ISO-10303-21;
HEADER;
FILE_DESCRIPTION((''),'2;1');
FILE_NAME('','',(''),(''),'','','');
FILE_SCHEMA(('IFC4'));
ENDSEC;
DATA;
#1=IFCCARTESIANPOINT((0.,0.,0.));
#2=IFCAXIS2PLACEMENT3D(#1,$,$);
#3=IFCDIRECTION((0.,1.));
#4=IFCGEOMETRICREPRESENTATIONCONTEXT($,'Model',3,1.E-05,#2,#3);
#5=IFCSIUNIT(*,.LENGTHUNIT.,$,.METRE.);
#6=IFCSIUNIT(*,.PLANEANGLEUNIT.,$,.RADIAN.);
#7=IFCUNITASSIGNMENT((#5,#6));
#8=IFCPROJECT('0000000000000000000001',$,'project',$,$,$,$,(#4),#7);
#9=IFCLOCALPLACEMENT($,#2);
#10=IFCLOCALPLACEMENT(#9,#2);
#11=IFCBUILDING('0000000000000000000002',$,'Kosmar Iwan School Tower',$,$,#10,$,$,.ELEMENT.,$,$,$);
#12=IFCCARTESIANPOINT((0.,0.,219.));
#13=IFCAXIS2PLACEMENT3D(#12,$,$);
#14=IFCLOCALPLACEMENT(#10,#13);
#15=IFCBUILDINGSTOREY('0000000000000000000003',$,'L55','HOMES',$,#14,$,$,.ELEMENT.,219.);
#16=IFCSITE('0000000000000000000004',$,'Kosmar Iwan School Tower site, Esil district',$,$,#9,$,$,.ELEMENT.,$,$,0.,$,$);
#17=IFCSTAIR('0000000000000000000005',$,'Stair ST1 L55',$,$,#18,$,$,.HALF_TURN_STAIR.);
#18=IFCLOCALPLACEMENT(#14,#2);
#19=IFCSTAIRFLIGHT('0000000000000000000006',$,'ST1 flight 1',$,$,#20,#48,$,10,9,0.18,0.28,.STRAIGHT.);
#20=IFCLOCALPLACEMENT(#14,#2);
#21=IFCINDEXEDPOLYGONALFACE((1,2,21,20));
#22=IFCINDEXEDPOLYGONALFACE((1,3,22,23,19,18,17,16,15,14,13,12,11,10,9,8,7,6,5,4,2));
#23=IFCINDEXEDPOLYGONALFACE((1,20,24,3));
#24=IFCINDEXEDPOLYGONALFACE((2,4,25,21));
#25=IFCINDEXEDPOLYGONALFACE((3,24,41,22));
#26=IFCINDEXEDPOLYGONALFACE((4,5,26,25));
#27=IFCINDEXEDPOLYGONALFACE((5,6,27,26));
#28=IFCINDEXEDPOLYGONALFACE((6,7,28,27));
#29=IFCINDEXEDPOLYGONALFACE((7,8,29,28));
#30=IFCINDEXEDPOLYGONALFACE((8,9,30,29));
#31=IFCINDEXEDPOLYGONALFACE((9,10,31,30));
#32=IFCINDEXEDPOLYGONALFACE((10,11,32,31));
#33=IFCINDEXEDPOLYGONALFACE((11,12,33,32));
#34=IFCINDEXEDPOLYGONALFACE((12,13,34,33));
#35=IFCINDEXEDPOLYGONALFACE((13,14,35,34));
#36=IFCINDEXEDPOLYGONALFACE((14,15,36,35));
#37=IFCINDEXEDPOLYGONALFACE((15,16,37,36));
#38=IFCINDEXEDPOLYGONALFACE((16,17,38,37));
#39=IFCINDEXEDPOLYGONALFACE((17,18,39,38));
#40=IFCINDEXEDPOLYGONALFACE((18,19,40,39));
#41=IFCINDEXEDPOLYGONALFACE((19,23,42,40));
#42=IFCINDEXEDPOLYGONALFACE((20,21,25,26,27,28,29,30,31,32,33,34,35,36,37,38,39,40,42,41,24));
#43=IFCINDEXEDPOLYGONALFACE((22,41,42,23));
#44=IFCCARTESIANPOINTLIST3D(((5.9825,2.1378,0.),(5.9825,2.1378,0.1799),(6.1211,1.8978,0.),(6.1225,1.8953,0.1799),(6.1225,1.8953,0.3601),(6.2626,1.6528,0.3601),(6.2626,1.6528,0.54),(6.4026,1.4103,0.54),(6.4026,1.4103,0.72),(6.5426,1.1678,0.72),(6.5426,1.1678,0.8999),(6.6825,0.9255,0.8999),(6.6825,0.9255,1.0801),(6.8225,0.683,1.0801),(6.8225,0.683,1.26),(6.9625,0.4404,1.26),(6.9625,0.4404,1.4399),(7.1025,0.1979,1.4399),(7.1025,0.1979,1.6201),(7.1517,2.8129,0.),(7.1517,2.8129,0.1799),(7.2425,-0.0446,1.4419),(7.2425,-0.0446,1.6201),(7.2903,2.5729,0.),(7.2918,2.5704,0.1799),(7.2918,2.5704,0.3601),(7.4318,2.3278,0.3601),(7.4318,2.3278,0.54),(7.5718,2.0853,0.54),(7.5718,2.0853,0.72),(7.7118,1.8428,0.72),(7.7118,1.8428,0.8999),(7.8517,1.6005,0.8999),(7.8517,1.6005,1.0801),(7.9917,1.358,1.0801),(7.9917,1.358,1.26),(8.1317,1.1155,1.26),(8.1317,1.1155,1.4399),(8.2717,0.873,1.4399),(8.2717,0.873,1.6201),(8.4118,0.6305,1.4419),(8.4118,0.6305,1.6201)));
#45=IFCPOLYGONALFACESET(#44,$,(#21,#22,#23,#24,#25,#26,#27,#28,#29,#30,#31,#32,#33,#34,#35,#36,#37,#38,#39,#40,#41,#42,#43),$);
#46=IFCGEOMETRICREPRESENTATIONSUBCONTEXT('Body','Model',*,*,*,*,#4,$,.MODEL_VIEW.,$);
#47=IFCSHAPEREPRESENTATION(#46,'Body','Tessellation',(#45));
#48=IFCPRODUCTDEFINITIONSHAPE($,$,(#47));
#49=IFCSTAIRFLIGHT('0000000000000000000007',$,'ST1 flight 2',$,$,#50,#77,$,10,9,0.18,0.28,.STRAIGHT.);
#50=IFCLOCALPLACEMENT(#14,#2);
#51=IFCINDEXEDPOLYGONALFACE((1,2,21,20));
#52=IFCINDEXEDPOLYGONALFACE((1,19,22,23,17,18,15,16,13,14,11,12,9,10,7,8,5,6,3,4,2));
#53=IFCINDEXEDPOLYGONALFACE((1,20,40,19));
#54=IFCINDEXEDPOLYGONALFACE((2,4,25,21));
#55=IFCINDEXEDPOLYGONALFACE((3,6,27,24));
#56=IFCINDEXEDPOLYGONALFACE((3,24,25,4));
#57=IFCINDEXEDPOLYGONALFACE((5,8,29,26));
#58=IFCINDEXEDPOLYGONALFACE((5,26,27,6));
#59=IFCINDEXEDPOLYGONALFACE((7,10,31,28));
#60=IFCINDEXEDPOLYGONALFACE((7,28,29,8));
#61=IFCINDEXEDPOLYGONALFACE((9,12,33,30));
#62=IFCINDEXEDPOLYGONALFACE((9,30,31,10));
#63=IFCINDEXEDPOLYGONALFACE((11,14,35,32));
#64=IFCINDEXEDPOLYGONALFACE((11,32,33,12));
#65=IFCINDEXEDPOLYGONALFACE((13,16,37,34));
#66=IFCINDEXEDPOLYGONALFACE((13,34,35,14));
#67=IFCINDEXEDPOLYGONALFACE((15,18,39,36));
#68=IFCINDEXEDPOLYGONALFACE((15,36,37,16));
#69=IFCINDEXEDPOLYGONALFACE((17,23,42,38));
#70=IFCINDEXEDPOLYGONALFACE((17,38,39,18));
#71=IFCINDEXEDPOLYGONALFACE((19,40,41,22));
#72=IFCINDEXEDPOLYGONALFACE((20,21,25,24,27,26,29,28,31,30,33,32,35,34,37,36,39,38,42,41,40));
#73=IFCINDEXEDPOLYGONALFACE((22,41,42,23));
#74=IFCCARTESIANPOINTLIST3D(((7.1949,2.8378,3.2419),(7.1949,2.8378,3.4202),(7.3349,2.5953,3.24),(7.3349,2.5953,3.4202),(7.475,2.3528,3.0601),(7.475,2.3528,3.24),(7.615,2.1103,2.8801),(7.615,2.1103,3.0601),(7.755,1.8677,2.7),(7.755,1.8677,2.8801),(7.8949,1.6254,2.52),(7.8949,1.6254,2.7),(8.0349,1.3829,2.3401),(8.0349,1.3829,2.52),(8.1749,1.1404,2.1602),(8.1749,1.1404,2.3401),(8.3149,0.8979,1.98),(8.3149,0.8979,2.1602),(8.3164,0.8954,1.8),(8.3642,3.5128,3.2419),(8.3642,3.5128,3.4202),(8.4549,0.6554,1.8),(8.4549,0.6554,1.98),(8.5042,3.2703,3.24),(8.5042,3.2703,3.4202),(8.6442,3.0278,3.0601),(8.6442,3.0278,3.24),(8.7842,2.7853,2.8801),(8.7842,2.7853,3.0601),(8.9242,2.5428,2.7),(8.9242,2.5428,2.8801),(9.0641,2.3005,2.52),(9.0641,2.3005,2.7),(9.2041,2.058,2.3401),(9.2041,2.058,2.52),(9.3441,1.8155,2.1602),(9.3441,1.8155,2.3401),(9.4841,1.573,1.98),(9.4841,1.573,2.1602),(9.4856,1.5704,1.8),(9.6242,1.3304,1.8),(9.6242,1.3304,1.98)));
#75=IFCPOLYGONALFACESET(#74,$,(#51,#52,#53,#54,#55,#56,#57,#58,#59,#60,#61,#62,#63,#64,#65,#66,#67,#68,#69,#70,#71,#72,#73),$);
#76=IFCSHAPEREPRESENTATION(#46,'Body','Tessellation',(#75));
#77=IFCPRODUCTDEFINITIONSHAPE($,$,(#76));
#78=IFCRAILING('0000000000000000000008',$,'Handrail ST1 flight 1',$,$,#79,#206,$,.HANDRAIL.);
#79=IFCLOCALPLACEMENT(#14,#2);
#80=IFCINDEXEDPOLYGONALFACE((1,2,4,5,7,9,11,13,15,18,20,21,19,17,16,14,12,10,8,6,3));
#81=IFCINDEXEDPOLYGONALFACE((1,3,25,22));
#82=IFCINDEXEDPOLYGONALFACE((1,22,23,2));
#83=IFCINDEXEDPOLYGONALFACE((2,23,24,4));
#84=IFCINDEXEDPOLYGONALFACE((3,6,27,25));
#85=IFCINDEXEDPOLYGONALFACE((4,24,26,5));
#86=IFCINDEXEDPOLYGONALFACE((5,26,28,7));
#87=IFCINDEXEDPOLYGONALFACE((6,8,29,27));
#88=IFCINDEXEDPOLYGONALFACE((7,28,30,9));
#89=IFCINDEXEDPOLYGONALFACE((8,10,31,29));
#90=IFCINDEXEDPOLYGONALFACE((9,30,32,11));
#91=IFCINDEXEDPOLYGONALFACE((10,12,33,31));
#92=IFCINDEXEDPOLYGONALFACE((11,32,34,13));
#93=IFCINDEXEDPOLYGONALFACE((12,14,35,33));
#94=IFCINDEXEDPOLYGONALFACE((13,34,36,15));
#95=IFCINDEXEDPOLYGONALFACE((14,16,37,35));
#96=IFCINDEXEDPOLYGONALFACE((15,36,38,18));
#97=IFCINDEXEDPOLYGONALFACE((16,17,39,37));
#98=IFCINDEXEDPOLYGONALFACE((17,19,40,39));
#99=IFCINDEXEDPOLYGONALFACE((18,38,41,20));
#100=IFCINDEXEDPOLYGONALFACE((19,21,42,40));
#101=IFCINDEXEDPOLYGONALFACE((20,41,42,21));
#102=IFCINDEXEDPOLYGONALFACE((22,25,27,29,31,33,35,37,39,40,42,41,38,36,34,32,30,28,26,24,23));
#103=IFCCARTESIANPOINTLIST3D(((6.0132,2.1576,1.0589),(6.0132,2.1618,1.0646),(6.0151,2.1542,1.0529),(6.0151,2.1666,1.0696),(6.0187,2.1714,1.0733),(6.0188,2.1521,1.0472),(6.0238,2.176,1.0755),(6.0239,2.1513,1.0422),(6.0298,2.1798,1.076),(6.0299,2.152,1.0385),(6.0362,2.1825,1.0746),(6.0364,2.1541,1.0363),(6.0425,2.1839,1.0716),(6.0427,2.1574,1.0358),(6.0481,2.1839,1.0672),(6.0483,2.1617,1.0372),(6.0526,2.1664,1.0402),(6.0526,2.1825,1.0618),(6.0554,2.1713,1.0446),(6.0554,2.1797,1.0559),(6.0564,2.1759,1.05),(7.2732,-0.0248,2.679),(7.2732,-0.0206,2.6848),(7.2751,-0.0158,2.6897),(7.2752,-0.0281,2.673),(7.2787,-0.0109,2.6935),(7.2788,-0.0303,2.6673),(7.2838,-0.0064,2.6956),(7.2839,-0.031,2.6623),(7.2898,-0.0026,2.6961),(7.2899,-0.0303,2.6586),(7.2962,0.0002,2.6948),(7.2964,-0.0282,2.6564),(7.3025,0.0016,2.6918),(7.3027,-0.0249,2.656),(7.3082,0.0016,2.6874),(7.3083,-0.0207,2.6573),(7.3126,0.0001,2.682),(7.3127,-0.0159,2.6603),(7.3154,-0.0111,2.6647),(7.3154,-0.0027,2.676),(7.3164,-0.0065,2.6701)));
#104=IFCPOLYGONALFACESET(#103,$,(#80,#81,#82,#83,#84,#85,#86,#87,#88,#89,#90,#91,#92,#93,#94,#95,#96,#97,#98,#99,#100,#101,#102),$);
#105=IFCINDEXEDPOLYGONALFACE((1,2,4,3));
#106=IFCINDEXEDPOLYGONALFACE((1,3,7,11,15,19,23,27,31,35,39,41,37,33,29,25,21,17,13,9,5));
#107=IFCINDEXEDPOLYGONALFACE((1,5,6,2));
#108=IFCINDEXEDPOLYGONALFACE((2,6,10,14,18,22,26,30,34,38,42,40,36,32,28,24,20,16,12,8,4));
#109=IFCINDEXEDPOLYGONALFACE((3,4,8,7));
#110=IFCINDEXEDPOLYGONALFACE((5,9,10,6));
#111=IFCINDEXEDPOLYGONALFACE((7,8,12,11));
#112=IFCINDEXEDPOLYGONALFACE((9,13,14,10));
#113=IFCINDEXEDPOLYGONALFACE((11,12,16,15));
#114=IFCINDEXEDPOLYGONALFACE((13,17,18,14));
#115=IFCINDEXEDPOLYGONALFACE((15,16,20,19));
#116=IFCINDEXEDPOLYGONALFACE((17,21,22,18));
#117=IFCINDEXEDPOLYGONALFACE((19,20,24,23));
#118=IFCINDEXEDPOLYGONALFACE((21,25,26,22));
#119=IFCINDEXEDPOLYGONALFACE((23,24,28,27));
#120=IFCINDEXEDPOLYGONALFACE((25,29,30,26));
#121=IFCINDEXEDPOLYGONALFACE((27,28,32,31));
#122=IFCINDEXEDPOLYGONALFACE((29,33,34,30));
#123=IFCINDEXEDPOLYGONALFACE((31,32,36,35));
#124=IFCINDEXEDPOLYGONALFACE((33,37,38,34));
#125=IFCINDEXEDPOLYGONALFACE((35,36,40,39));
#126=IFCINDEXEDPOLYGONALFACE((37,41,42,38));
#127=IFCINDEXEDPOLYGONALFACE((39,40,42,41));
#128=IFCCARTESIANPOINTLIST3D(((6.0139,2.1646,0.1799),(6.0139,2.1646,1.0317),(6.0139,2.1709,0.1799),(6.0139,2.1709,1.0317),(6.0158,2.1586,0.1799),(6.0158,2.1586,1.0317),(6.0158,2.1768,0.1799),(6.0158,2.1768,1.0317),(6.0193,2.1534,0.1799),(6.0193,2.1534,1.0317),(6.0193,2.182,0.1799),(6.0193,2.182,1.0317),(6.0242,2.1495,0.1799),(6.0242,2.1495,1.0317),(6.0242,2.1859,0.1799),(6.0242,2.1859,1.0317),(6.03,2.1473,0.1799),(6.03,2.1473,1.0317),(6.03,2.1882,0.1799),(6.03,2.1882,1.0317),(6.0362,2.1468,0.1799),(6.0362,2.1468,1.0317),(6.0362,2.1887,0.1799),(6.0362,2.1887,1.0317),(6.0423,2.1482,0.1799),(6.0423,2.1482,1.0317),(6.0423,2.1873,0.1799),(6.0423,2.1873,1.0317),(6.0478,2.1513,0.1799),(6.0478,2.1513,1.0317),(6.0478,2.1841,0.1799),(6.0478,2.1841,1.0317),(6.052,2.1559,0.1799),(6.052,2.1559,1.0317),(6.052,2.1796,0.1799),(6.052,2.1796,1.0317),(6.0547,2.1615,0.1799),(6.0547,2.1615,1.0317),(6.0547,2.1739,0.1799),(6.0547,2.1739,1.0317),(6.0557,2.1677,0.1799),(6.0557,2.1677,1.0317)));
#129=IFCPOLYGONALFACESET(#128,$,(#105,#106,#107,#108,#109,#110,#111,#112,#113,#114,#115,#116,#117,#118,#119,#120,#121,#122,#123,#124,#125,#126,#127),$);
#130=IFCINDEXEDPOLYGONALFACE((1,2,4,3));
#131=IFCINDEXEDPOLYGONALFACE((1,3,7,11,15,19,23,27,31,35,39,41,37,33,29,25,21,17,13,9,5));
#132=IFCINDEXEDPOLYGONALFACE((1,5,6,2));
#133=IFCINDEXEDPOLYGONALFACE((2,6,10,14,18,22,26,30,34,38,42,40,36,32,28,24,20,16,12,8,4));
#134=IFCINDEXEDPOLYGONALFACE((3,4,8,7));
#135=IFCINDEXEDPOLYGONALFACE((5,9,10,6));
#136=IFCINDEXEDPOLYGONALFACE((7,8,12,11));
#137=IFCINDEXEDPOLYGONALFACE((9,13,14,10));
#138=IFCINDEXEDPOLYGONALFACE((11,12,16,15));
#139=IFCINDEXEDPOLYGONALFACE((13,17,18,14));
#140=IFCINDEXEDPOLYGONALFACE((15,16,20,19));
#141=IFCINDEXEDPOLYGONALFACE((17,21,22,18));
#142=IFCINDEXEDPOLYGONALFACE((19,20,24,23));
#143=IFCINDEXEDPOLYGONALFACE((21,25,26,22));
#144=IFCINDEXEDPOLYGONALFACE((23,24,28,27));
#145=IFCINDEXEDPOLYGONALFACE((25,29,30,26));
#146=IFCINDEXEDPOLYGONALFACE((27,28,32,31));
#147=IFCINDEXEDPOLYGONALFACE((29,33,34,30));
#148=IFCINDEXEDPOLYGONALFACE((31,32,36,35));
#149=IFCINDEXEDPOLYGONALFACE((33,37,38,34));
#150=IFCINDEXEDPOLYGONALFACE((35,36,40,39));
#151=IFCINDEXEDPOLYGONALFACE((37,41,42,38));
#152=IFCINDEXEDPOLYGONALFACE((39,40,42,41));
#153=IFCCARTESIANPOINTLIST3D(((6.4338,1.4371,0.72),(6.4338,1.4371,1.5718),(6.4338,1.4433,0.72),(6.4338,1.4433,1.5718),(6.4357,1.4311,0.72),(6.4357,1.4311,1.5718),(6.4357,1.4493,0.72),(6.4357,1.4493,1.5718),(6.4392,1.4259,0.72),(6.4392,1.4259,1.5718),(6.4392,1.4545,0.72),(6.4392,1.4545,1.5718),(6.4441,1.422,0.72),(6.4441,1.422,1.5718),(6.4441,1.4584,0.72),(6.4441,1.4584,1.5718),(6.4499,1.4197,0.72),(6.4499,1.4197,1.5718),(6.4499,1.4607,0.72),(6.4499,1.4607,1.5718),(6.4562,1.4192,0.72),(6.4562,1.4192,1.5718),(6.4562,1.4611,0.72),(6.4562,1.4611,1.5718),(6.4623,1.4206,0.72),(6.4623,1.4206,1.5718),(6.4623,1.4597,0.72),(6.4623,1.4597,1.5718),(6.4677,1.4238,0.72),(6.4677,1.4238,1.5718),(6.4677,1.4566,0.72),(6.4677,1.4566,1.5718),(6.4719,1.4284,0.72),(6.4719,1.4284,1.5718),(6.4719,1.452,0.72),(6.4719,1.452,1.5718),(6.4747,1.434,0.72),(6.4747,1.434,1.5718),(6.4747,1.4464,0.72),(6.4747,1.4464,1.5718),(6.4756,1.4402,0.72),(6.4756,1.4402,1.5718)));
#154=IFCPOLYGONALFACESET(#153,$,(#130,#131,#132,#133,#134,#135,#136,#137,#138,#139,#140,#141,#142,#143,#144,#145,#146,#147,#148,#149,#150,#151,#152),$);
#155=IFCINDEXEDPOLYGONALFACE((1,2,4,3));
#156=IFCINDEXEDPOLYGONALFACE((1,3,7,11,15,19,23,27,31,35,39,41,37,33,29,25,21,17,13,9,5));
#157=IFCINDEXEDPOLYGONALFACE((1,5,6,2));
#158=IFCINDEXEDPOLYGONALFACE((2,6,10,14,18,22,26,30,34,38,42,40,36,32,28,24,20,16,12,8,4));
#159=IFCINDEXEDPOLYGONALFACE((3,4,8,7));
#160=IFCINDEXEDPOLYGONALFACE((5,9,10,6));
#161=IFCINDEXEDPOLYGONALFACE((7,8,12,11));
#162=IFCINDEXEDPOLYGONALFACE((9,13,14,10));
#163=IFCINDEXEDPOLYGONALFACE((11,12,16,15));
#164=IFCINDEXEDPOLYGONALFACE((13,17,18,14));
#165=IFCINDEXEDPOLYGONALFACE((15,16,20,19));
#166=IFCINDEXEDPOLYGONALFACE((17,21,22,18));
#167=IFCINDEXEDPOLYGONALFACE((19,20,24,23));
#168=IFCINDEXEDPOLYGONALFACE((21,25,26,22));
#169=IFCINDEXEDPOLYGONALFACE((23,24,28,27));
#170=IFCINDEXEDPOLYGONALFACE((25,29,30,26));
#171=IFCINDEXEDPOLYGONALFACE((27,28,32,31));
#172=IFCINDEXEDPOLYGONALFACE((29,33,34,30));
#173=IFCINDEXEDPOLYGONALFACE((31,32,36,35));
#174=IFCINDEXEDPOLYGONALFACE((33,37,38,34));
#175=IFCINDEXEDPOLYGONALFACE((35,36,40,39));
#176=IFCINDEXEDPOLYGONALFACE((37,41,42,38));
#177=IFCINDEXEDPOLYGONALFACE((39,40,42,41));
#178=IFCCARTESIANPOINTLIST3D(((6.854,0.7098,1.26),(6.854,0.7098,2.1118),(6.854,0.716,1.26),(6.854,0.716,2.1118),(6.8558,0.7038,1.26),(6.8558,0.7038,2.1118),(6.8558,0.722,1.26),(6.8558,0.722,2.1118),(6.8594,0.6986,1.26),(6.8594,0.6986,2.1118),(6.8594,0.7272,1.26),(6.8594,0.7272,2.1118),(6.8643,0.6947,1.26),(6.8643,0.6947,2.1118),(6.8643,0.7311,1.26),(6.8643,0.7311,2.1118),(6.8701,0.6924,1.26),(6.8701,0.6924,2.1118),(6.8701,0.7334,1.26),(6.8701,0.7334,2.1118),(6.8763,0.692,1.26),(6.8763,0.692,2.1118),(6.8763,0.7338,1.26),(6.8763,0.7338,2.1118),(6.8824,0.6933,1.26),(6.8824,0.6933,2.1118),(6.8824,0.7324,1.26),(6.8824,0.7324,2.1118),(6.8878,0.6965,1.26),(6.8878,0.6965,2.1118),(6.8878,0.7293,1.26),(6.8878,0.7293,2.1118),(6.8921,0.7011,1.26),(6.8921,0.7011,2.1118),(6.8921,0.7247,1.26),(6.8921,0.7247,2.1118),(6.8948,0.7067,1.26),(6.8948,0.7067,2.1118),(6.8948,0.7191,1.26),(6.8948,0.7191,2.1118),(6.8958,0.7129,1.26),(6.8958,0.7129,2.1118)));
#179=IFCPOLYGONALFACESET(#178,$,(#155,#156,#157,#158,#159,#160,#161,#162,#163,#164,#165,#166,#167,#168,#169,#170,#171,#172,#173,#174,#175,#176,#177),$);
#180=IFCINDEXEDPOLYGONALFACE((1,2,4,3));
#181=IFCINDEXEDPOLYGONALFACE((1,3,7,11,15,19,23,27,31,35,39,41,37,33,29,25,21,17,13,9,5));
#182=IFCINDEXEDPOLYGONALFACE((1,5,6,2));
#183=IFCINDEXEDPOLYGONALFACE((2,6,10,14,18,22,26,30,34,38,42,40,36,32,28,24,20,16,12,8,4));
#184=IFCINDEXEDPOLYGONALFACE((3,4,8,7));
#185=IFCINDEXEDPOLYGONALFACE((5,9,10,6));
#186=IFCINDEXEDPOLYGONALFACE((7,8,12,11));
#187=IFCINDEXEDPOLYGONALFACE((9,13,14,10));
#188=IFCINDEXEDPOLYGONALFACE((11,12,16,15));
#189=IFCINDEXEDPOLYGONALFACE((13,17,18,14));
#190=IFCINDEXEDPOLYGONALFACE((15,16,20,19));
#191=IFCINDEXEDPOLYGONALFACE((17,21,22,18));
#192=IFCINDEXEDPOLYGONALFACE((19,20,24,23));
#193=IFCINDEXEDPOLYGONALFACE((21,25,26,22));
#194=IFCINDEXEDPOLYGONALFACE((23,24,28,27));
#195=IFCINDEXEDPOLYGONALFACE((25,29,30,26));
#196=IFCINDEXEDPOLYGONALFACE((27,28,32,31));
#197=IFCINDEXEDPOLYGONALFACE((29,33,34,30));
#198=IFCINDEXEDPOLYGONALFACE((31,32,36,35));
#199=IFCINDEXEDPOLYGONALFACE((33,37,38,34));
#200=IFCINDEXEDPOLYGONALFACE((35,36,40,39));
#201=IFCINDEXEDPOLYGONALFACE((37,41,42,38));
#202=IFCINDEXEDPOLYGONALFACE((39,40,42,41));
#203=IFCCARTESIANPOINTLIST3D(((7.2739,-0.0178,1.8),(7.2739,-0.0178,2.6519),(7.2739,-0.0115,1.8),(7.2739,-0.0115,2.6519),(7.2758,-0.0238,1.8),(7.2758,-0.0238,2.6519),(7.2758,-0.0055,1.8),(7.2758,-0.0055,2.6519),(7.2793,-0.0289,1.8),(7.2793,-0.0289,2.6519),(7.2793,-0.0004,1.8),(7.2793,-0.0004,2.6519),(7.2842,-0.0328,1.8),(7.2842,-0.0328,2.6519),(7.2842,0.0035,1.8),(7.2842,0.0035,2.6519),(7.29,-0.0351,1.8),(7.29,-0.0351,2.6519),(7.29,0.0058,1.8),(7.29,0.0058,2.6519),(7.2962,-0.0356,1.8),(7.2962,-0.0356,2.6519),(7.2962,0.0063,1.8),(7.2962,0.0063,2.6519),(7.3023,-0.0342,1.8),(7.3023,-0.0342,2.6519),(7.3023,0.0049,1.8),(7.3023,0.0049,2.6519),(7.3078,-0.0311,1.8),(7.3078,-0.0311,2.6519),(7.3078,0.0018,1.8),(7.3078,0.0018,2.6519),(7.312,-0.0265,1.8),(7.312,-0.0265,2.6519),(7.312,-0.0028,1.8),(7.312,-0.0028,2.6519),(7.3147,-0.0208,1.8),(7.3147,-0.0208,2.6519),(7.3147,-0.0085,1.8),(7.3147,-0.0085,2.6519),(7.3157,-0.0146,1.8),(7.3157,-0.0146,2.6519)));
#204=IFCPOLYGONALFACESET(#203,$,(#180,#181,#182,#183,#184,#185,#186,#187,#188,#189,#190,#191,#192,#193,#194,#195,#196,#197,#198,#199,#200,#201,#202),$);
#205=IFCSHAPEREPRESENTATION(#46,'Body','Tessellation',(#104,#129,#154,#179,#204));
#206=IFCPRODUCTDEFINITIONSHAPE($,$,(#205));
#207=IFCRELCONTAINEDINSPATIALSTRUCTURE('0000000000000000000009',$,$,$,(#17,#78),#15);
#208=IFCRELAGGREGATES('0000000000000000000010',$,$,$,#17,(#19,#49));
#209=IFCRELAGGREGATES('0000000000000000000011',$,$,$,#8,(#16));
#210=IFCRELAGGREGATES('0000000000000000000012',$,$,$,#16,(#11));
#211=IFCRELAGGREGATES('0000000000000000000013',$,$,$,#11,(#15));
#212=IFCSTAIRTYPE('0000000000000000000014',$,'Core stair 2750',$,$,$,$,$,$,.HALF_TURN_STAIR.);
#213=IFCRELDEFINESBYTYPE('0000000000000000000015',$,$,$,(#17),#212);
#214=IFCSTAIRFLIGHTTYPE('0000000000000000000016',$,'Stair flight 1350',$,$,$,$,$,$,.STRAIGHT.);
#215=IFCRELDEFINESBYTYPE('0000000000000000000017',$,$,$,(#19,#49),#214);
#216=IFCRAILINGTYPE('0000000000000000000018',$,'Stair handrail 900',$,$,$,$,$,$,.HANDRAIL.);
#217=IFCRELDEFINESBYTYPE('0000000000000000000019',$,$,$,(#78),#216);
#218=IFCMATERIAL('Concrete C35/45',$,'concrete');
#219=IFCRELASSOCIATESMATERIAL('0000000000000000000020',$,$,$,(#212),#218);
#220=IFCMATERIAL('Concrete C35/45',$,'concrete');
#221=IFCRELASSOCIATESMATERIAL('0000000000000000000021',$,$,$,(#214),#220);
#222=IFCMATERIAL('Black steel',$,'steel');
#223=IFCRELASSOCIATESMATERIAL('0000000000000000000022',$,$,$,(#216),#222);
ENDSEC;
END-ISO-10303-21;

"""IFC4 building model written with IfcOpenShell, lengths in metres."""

from ifc_helpers import new_model, si_unit, direction, frame, origin, origin_2d, place, context, subcontext, project, spatial, polyline, circle, outline, extrude, material, type_object, element, aggregate, save


model = new_model("IFC4")

# Units and contexts
model_context = context("Model", 3, precision=1e-05, world=origin(), true_north=direction((0.0, 1.0)))
body_context = subcontext(model_context, "Body", "Model", "MODEL_VIEW")
ifc_project = project(units=[si_unit("LENGTHUNIT", "METRE"), si_unit("PLANEANGLEUNIT", "RADIAN")], contexts=[model_context])

# Site, building, storey
site_placement = place(None, origin())
site = spatial("IfcSite", under=ifc_project, at=site_placement, Name="Kosmar Iwan School Tower site, Esil district", CompositionType="ELEMENT", RefElevation=0.0)
building_placement = place(site_placement, origin())
building = spatial("IfcBuilding", under=site, at=building_placement, Name="Kosmar Iwan School Tower", CompositionType="ELEMENT")
storey_placement = place(building_placement, frame((0.0, 0.0, 219.0)))
storey = spatial("IfcBuildingStorey", under=building, at=storey_placement, Name="L55", Description="HOMES", CompositionType="ELEMENT", Elevation=219.0)

# Stair, stair flights
ifc_material_1 = material(Name="Concrete C35/45", Category="concrete")
stair_type = type_object("IfcStairType", Name="Core stair 2750", PredefinedType="HALF_TURN_STAIR", material=ifc_material_1)
stair_placement = place(storey_placement, origin())
stair = element("IfcStair", 1, at=stair_placement, inside=storey, type_object=stair_type, Name="Stair ST1 L55", PredefinedType="HALF_TURN_STAIR")
ifc_material_2 = material(Name="Concrete C35/45", Category="concrete")
stair_flight_type = type_object("IfcStairFlightType", Name="Stair flight 1350", PredefinedType="STRAIGHT", material=ifc_material_2)
stair_flight_1_placement = place(storey_placement, frame((6.5671, 2.4753, 0.0), z_axis=(0.0, 0.0, 1.0), x_axis=(0.5, -0.866025, 0.0)))
stair_flight_1 = element("IfcStairFlight", 2, at=stair_flight_1_placement, type_object=stair_flight_type, Name="ST1 flight 1", NumberOfRisers=10, NumberOfTreads=9, PredefinedType="STRAIGHT", RiserHeight=0.18, TreadLength=0.28, context=body_context, shape_type="SweptSolid", body=[
    extrude(outline(polyline([(0.0, 0.0), (0.0, 0.1799), (0.28, 0.1799), (0.28, 0.3601), (0.5601, 0.3601), (0.5601, 0.54), (0.8401, 0.54), (0.8401, 0.72), (1.1201, 0.72), (1.1201, 0.8999), (1.3999, 0.8999), (1.3999, 1.0801), (1.6799, 1.0801), (1.6799, 1.26), (1.96, 1.26), (1.96, 1.4399), (2.24, 1.4399), (2.24, 1.6201), (2.52, 1.6201), (2.52, 1.8), (2.52, 1.4419), (0.2771, 0.0), (0.0, 0.0)])), frame((0.0, 0.675, 0.0), z_axis=(0.0, -1.0, 0.0), x_axis=(1.0, 0.0, 0.0)), (0.0, 0.0, 1.0), 1.3501),
])
stair_flight_2_placement = place(storey_placement, frame((9.0396, 0.9929, 1.8), z_axis=(0.0, 0.0, 1.0), x_axis=(-0.5, 0.866025, 0.0)))
stair_flight_2 = element("IfcStairFlight", 3, at=stair_flight_2_placement, type_object=stair_flight_type, Name="ST1 flight 2", NumberOfRisers=10, NumberOfTreads=9, PredefinedType="STRAIGHT", RiserHeight=0.18, TreadLength=0.28, context=body_context, shape_type="SweptSolid", body=[
    extrude(outline(polyline([(0.0, 0.0), (0.0, 0.1799), (0.28, 0.1799), (0.28, 0.3601), (0.5601, 0.3601), (0.5601, 0.54), (0.8401, 0.54), (0.8401, 0.72), (1.1201, 0.72), (1.1201, 0.8999), (1.3999, 0.8999), (1.3999, 1.0801), (1.6799, 1.0801), (1.6799, 1.26), (1.96, 1.26), (1.96, 1.4399), (2.24, 1.4399), (2.24, 1.6201), (2.52, 1.6201), (2.52, 1.8), (2.52, 1.4419), (0.2771, 0.0), (0.0, 0.0)])), frame((0.0, 0.675, 0.0), z_axis=(0.0, -1.0, 0.0), x_axis=(1.0, 0.0, 0.0)), (0.0, 0.0, 1.0), 1.3501),
])
aggregate(stair, [stair_flight_1, stair_flight_2])

# Railing
ifc_material_3 = material(Name="Black steel", Category="steel")
railing_type = type_object("IfcRailingType", Name="Stair handrail 900", PredefinedType="HANDRAIL", material=ifc_material_3)
railing_1_placement = place(storey_placement, frame((6.0347, 2.1677, 0.1799)))
element("IfcRailing", 4, at=railing_1_placement, inside=storey, type_object=railing_type, Name="Handrail ST1 flight 1", PredefinedType="HANDRAIL", context=body_context, shape_type="SweptSolid", body=[
    extrude(circle(Radius=0.0239, at=origin_2d()), frame((0.0, 0.0, 0.876), z_axis=(0.420584, -0.728464, 0.540786), x_axis=(0.866023, 0.500005, 0.0)), (0.0, 0.0, 1.0), 2.9958),
    extrude(circle(Radius=0.021, at=origin_2d()), origin(), (0.0, 0.0, 1.0), 0.8518),
    extrude(circle(Radius=0.021, at=origin_2d()), frame((0.4199, -0.7275, 0.54)), (0.0, 0.0, 1.0), 0.8518),
    extrude(circle(Radius=0.021, at=origin_2d()), frame((0.8401, -1.4548, 1.0801)), (0.0, 0.0, 1.0), 0.8518),
    extrude(circle(Radius=0.021, at=origin_2d()), frame((1.26, -2.1824, 1.6201)), (0.0, 0.0, 1.0), 0.8518),
])

save(model, "model.ifc")
